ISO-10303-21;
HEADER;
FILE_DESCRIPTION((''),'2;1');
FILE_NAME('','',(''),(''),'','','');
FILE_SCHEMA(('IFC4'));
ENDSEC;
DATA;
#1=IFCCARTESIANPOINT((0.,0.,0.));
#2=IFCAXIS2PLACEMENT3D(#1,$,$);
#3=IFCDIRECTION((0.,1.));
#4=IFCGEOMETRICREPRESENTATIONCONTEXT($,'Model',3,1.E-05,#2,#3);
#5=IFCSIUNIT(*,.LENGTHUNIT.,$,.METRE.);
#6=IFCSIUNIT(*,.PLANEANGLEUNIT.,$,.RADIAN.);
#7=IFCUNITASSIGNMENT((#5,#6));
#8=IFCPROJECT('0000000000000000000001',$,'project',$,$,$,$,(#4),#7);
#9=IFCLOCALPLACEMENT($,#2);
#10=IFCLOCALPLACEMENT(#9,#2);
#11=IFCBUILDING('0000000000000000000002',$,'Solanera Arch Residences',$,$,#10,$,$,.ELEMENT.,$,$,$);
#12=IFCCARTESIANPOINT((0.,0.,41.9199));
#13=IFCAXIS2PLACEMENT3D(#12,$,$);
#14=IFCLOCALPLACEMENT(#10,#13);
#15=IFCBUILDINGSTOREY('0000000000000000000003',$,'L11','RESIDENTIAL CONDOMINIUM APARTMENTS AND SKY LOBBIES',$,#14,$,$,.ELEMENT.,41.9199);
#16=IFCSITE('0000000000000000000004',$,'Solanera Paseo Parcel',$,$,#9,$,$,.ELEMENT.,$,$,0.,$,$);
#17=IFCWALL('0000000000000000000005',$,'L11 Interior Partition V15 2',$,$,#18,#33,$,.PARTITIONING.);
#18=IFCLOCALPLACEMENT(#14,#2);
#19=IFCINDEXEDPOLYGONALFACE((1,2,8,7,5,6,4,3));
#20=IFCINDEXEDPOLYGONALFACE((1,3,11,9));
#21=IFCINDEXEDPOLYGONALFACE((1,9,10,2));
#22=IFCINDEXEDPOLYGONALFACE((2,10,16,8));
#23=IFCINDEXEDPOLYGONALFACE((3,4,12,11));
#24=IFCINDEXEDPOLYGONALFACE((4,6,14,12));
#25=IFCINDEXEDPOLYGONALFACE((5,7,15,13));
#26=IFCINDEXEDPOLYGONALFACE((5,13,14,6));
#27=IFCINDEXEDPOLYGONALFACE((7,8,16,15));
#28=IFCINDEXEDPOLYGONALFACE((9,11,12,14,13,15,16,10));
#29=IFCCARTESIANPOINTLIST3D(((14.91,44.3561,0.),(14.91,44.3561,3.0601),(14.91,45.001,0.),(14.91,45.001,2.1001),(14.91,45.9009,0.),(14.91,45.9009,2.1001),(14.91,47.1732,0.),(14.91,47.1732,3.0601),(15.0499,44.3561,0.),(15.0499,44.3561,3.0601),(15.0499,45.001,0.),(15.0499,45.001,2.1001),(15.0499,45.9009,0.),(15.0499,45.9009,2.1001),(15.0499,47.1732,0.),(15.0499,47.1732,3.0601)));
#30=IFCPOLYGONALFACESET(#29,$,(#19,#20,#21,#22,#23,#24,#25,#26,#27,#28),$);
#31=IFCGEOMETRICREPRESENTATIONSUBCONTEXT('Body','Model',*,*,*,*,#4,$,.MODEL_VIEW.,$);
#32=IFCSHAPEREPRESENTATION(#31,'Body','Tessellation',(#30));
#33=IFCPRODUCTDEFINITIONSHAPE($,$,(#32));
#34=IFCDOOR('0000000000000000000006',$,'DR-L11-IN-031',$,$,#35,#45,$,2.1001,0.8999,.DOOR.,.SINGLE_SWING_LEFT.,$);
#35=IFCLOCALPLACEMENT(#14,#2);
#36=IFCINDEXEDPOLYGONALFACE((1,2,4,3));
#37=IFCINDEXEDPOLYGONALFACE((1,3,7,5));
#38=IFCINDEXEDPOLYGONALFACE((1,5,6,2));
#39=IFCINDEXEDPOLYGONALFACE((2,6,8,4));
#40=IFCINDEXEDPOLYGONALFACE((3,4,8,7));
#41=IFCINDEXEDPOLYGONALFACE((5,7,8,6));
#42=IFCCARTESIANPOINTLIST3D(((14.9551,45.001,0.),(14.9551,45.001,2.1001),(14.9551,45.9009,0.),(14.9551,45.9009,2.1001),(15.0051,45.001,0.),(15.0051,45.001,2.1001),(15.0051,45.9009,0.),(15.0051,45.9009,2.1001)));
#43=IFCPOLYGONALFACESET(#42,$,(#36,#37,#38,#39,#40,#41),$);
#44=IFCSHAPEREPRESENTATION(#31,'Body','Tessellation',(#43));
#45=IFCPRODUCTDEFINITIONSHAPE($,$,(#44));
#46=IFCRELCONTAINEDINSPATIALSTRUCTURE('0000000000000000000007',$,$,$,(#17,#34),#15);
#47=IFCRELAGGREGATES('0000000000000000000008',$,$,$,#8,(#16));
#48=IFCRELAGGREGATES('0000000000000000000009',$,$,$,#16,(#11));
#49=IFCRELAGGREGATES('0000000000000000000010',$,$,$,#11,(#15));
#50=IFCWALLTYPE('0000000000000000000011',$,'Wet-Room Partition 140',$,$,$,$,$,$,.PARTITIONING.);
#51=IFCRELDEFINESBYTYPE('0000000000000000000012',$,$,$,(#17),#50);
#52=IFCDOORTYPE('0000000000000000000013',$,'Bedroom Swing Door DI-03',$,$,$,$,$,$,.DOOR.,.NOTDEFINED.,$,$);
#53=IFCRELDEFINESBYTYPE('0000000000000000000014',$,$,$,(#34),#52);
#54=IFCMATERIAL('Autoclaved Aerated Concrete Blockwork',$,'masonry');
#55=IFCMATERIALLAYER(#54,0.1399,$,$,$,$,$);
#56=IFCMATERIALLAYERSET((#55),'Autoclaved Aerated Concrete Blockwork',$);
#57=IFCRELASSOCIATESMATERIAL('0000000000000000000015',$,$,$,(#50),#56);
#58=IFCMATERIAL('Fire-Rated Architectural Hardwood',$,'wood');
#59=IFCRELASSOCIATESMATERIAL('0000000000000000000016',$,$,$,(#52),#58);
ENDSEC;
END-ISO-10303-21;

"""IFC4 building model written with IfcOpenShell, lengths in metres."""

from ifc_helpers import new_model, si_unit, direction, frame, frame_2d, origin, place, context, subcontext, project, spatial, rectangle, extrude, material, layer, layer_set, type_object, element, fill, save


model = new_model("IFC4")

# Units and contexts
model_context = context("Model", 3, precision=1e-05, world=origin(), true_north=direction((0.0, 1.0)))
body_context = subcontext(model_context, "Body", "Model", "MODEL_VIEW")
ifc_project = project(units=[si_unit("LENGTHUNIT", "METRE"), si_unit("PLANEANGLEUNIT", "RADIAN")], contexts=[model_context])

# Site, building, storey
site_placement = place(None, origin())
site = spatial("IfcSite", under=ifc_project, at=site_placement, Name="Solanera Paseo Parcel", CompositionType="ELEMENT", RefElevation=0.0)
building_placement = place(site_placement, origin())
building = spatial("IfcBuilding", under=site, at=building_placement, Name="Solanera Arch Residences", CompositionType="ELEMENT")
storey_placement = place(building_placement, frame((0.0, 0.0, 41.9199)))
storey = spatial("IfcBuildingStorey", under=building, at=storey_placement, Name="L11", Description="RESIDENTIAL CONDOMINIUM APARTMENTS AND SKY LOBBIES", CompositionType="ELEMENT", Elevation=41.9199)

# Wall, opening, door
ifc_material_1 = material(Name="Autoclaved Aerated Concrete Blockwork", Category="masonry")
ifc_layer_1 = layer(ifc_material_1, 0.1399)
ifc_layer_set_1 = layer_set([ifc_layer_1], Name="Autoclaved Aerated Concrete Blockwork")
wall_type_1 = type_object("IfcWallType", Name="Wet-Room Partition 140", PredefinedType="PARTITIONING", material=ifc_layer_set_1)
wall_1_placement = place(storey_placement, frame((14.98, 44.356, 0.0), z_axis=(0.0, 0.0, 1.0), x_axis=(0.0, 1.0, 0.0)))
wall_1 = element("IfcWall", 1, at=wall_1_placement, inside=storey, type_object=wall_type_1, Name="L11 Interior Partition V15 2", PredefinedType="PARTITIONING", context=body_context, shape_type="SweptSolid", body=[
    extrude(rectangle(XDim=2.8171, YDim=0.1399, at=frame_2d((1.4087, 0.0))), origin(), (0.0, 0.0, 1.0), 3.0601),
])
opening_1_placement = place(wall_1_placement, frame((0.645, 0.0, 0.0)))
opening_1 = element("IfcOpeningElement", 2, at=opening_1_placement, cuts=wall_1, PredefinedType="OPENING", context=body_context, shape_type="SweptSolid", body=[
    extrude(rectangle(XDim=0.8999, YDim=2.1001, at=frame_2d((0.45, 1.05))), frame((0.0, 0.0798, 0.0), z_axis=(0.0, -1.0, 0.0), x_axis=(1.0, 0.0, 0.0)), (0.0, 0.0, 1.0), 0.1599),
])
ifc_material_2 = material(Name="Fire-Rated Architectural Hardwood", Category="wood")
door_type_1 = type_object("IfcDoorType", Name="Bedroom Swing Door DI-03", OperationType="NOTDEFINED", PredefinedType="DOOR", material=ifc_material_2)
door_1_placement = place(opening_1_placement, origin())
door_1 = element("IfcDoor", 3, at=door_1_placement, inside=storey, type_object=door_type_1, Name="DR-L11-IN-031", OperationType="SINGLE_SWING_LEFT", OverallHeight=2.1001, OverallWidth=0.8999, PredefinedType="DOOR", context=body_context, shape_type="SweptSolid", body=[
    extrude(rectangle(XDim=0.8999, YDim=2.1001, at=frame_2d((0.45, 1.05))), frame((0.0, 0.0249, 0.0), z_axis=(0.0, -1.0, 0.0), x_axis=(1.0, 0.0, 0.0)), (0.0, 0.0, 1.0), 0.05),
])
fill(opening_1, door_1)

save(model, "model.ifc")
